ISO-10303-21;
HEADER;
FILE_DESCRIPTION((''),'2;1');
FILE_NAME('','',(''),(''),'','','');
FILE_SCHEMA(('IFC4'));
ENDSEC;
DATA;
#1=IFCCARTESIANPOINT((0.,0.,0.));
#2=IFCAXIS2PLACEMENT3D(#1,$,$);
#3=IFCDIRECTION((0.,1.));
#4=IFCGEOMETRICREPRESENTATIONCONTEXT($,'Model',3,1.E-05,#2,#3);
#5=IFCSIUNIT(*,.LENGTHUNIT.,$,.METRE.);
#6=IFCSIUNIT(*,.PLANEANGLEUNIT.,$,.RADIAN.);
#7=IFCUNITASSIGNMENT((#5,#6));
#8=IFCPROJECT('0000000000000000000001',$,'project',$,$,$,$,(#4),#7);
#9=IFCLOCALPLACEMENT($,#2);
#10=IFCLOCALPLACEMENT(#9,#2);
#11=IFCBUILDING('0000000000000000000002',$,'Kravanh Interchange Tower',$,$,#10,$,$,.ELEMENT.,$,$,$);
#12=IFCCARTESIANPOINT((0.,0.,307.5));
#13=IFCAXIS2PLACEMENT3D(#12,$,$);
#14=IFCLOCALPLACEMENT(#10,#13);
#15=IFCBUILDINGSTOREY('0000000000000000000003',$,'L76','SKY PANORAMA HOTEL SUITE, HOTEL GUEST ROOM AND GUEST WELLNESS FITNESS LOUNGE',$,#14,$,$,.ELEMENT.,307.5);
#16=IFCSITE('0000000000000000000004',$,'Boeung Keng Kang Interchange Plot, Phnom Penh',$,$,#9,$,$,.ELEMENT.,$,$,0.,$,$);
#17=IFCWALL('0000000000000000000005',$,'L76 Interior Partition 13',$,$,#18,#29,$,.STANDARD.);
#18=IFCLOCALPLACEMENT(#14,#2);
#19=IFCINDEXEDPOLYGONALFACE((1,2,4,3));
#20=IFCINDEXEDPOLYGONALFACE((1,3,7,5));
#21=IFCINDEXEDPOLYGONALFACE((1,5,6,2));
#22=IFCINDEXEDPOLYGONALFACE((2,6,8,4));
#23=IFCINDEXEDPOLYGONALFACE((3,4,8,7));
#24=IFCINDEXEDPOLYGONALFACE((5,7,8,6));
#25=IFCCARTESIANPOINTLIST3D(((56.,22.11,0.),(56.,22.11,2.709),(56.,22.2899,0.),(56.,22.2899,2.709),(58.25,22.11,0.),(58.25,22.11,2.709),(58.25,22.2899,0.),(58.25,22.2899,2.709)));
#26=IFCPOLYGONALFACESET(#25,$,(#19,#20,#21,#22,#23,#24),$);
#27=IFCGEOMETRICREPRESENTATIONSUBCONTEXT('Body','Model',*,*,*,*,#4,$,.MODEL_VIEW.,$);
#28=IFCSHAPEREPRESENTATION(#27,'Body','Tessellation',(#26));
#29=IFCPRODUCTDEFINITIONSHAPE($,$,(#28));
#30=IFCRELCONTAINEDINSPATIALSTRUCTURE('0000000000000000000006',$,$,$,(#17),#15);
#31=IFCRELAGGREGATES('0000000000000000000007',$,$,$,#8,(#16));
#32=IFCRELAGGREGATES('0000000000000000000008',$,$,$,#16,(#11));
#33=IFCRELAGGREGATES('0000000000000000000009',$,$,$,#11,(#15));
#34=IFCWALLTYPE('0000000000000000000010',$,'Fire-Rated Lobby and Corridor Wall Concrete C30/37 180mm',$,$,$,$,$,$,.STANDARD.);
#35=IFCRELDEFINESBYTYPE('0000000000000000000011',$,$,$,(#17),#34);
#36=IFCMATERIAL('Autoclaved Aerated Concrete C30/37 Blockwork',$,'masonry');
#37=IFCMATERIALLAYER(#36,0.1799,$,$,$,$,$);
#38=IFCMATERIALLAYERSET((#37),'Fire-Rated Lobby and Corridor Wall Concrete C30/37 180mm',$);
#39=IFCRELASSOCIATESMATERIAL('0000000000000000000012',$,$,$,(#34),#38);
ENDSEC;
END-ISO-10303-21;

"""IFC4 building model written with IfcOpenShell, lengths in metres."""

from ifc_helpers import new_model, si_unit, direction, frame, frame_2d, origin, place, context, subcontext, project, spatial, rectangle, extrude, material, layer, layer_set, type_object, element, save


model = new_model("IFC4")

# Units and contexts
model_context = context("Model", 3, precision=1e-05, world=origin(), true_north=direction((0.0, 1.0)))
body_context = subcontext(model_context, "Body", "Model", "MODEL_VIEW")
ifc_project = project(units=[si_unit("LENGTHUNIT", "METRE"), si_unit("PLANEANGLEUNIT", "RADIAN")], contexts=[model_context])

# Site, building, storey
site_placement = place(None, origin())
site = spatial("IfcSite", under=ifc_project, at=site_placement, Name="Boeung Keng Kang Interchange Plot, Phnom Penh", CompositionType="ELEMENT", RefElevation=0.0)
building_placement = place(site_placement, origin())
building = spatial("IfcBuilding", under=site, at=building_placement, Name="Kravanh Interchange Tower", CompositionType="ELEMENT")
storey_placement = place(building_placement, frame((0.0, 0.0, 307.5)))
storey = spatial("IfcBuildingStorey", under=building, at=storey_placement, Name="L76", Description="SKY PANORAMA HOTEL SUITE, HOTEL GUEST ROOM AND GUEST WELLNESS FITNESS LOUNGE", CompositionType="ELEMENT", Elevation=307.5)

# Shared definitions
ifc_material_1 = material(Name="Autoclaved Aerated Concrete C30/37 Blockwork", Category="masonry")
ifc_layer_1 = layer(ifc_material_1, 0.1799)
ifc_layer_set_1 = layer_set([ifc_layer_1], Name="Fire-Rated Lobby and Corridor Wall Concrete C30/37 180mm")
wall_type_1 = type_object("IfcWallType", Name="Fire-Rated Lobby and Corridor Wall Concrete C30/37 180mm", PredefinedType="STANDARD", material=ifc_layer_set_1)

# Wall
wall_1_placement = place(storey_placement, frame((56.0, 22.2, 0.0), z_axis=(0.0, 0.0, 1.0), x_axis=(1.0, 0.0, 0.0)))
element("IfcWall", 1, at=wall_1_placement, inside=storey, type_object=wall_type_1, Name="L76 Interior Partition 13", PredefinedType="STANDARD", context=body_context, shape_type="SweptSolid", body=[
    extrude(rectangle(XDim=2.25, YDim=0.1799, at=frame_2d((1.125, 0.0))), origin(), (0.0, 0.0, 1.0), 2.709),
])

save(model, "model.ifc")
